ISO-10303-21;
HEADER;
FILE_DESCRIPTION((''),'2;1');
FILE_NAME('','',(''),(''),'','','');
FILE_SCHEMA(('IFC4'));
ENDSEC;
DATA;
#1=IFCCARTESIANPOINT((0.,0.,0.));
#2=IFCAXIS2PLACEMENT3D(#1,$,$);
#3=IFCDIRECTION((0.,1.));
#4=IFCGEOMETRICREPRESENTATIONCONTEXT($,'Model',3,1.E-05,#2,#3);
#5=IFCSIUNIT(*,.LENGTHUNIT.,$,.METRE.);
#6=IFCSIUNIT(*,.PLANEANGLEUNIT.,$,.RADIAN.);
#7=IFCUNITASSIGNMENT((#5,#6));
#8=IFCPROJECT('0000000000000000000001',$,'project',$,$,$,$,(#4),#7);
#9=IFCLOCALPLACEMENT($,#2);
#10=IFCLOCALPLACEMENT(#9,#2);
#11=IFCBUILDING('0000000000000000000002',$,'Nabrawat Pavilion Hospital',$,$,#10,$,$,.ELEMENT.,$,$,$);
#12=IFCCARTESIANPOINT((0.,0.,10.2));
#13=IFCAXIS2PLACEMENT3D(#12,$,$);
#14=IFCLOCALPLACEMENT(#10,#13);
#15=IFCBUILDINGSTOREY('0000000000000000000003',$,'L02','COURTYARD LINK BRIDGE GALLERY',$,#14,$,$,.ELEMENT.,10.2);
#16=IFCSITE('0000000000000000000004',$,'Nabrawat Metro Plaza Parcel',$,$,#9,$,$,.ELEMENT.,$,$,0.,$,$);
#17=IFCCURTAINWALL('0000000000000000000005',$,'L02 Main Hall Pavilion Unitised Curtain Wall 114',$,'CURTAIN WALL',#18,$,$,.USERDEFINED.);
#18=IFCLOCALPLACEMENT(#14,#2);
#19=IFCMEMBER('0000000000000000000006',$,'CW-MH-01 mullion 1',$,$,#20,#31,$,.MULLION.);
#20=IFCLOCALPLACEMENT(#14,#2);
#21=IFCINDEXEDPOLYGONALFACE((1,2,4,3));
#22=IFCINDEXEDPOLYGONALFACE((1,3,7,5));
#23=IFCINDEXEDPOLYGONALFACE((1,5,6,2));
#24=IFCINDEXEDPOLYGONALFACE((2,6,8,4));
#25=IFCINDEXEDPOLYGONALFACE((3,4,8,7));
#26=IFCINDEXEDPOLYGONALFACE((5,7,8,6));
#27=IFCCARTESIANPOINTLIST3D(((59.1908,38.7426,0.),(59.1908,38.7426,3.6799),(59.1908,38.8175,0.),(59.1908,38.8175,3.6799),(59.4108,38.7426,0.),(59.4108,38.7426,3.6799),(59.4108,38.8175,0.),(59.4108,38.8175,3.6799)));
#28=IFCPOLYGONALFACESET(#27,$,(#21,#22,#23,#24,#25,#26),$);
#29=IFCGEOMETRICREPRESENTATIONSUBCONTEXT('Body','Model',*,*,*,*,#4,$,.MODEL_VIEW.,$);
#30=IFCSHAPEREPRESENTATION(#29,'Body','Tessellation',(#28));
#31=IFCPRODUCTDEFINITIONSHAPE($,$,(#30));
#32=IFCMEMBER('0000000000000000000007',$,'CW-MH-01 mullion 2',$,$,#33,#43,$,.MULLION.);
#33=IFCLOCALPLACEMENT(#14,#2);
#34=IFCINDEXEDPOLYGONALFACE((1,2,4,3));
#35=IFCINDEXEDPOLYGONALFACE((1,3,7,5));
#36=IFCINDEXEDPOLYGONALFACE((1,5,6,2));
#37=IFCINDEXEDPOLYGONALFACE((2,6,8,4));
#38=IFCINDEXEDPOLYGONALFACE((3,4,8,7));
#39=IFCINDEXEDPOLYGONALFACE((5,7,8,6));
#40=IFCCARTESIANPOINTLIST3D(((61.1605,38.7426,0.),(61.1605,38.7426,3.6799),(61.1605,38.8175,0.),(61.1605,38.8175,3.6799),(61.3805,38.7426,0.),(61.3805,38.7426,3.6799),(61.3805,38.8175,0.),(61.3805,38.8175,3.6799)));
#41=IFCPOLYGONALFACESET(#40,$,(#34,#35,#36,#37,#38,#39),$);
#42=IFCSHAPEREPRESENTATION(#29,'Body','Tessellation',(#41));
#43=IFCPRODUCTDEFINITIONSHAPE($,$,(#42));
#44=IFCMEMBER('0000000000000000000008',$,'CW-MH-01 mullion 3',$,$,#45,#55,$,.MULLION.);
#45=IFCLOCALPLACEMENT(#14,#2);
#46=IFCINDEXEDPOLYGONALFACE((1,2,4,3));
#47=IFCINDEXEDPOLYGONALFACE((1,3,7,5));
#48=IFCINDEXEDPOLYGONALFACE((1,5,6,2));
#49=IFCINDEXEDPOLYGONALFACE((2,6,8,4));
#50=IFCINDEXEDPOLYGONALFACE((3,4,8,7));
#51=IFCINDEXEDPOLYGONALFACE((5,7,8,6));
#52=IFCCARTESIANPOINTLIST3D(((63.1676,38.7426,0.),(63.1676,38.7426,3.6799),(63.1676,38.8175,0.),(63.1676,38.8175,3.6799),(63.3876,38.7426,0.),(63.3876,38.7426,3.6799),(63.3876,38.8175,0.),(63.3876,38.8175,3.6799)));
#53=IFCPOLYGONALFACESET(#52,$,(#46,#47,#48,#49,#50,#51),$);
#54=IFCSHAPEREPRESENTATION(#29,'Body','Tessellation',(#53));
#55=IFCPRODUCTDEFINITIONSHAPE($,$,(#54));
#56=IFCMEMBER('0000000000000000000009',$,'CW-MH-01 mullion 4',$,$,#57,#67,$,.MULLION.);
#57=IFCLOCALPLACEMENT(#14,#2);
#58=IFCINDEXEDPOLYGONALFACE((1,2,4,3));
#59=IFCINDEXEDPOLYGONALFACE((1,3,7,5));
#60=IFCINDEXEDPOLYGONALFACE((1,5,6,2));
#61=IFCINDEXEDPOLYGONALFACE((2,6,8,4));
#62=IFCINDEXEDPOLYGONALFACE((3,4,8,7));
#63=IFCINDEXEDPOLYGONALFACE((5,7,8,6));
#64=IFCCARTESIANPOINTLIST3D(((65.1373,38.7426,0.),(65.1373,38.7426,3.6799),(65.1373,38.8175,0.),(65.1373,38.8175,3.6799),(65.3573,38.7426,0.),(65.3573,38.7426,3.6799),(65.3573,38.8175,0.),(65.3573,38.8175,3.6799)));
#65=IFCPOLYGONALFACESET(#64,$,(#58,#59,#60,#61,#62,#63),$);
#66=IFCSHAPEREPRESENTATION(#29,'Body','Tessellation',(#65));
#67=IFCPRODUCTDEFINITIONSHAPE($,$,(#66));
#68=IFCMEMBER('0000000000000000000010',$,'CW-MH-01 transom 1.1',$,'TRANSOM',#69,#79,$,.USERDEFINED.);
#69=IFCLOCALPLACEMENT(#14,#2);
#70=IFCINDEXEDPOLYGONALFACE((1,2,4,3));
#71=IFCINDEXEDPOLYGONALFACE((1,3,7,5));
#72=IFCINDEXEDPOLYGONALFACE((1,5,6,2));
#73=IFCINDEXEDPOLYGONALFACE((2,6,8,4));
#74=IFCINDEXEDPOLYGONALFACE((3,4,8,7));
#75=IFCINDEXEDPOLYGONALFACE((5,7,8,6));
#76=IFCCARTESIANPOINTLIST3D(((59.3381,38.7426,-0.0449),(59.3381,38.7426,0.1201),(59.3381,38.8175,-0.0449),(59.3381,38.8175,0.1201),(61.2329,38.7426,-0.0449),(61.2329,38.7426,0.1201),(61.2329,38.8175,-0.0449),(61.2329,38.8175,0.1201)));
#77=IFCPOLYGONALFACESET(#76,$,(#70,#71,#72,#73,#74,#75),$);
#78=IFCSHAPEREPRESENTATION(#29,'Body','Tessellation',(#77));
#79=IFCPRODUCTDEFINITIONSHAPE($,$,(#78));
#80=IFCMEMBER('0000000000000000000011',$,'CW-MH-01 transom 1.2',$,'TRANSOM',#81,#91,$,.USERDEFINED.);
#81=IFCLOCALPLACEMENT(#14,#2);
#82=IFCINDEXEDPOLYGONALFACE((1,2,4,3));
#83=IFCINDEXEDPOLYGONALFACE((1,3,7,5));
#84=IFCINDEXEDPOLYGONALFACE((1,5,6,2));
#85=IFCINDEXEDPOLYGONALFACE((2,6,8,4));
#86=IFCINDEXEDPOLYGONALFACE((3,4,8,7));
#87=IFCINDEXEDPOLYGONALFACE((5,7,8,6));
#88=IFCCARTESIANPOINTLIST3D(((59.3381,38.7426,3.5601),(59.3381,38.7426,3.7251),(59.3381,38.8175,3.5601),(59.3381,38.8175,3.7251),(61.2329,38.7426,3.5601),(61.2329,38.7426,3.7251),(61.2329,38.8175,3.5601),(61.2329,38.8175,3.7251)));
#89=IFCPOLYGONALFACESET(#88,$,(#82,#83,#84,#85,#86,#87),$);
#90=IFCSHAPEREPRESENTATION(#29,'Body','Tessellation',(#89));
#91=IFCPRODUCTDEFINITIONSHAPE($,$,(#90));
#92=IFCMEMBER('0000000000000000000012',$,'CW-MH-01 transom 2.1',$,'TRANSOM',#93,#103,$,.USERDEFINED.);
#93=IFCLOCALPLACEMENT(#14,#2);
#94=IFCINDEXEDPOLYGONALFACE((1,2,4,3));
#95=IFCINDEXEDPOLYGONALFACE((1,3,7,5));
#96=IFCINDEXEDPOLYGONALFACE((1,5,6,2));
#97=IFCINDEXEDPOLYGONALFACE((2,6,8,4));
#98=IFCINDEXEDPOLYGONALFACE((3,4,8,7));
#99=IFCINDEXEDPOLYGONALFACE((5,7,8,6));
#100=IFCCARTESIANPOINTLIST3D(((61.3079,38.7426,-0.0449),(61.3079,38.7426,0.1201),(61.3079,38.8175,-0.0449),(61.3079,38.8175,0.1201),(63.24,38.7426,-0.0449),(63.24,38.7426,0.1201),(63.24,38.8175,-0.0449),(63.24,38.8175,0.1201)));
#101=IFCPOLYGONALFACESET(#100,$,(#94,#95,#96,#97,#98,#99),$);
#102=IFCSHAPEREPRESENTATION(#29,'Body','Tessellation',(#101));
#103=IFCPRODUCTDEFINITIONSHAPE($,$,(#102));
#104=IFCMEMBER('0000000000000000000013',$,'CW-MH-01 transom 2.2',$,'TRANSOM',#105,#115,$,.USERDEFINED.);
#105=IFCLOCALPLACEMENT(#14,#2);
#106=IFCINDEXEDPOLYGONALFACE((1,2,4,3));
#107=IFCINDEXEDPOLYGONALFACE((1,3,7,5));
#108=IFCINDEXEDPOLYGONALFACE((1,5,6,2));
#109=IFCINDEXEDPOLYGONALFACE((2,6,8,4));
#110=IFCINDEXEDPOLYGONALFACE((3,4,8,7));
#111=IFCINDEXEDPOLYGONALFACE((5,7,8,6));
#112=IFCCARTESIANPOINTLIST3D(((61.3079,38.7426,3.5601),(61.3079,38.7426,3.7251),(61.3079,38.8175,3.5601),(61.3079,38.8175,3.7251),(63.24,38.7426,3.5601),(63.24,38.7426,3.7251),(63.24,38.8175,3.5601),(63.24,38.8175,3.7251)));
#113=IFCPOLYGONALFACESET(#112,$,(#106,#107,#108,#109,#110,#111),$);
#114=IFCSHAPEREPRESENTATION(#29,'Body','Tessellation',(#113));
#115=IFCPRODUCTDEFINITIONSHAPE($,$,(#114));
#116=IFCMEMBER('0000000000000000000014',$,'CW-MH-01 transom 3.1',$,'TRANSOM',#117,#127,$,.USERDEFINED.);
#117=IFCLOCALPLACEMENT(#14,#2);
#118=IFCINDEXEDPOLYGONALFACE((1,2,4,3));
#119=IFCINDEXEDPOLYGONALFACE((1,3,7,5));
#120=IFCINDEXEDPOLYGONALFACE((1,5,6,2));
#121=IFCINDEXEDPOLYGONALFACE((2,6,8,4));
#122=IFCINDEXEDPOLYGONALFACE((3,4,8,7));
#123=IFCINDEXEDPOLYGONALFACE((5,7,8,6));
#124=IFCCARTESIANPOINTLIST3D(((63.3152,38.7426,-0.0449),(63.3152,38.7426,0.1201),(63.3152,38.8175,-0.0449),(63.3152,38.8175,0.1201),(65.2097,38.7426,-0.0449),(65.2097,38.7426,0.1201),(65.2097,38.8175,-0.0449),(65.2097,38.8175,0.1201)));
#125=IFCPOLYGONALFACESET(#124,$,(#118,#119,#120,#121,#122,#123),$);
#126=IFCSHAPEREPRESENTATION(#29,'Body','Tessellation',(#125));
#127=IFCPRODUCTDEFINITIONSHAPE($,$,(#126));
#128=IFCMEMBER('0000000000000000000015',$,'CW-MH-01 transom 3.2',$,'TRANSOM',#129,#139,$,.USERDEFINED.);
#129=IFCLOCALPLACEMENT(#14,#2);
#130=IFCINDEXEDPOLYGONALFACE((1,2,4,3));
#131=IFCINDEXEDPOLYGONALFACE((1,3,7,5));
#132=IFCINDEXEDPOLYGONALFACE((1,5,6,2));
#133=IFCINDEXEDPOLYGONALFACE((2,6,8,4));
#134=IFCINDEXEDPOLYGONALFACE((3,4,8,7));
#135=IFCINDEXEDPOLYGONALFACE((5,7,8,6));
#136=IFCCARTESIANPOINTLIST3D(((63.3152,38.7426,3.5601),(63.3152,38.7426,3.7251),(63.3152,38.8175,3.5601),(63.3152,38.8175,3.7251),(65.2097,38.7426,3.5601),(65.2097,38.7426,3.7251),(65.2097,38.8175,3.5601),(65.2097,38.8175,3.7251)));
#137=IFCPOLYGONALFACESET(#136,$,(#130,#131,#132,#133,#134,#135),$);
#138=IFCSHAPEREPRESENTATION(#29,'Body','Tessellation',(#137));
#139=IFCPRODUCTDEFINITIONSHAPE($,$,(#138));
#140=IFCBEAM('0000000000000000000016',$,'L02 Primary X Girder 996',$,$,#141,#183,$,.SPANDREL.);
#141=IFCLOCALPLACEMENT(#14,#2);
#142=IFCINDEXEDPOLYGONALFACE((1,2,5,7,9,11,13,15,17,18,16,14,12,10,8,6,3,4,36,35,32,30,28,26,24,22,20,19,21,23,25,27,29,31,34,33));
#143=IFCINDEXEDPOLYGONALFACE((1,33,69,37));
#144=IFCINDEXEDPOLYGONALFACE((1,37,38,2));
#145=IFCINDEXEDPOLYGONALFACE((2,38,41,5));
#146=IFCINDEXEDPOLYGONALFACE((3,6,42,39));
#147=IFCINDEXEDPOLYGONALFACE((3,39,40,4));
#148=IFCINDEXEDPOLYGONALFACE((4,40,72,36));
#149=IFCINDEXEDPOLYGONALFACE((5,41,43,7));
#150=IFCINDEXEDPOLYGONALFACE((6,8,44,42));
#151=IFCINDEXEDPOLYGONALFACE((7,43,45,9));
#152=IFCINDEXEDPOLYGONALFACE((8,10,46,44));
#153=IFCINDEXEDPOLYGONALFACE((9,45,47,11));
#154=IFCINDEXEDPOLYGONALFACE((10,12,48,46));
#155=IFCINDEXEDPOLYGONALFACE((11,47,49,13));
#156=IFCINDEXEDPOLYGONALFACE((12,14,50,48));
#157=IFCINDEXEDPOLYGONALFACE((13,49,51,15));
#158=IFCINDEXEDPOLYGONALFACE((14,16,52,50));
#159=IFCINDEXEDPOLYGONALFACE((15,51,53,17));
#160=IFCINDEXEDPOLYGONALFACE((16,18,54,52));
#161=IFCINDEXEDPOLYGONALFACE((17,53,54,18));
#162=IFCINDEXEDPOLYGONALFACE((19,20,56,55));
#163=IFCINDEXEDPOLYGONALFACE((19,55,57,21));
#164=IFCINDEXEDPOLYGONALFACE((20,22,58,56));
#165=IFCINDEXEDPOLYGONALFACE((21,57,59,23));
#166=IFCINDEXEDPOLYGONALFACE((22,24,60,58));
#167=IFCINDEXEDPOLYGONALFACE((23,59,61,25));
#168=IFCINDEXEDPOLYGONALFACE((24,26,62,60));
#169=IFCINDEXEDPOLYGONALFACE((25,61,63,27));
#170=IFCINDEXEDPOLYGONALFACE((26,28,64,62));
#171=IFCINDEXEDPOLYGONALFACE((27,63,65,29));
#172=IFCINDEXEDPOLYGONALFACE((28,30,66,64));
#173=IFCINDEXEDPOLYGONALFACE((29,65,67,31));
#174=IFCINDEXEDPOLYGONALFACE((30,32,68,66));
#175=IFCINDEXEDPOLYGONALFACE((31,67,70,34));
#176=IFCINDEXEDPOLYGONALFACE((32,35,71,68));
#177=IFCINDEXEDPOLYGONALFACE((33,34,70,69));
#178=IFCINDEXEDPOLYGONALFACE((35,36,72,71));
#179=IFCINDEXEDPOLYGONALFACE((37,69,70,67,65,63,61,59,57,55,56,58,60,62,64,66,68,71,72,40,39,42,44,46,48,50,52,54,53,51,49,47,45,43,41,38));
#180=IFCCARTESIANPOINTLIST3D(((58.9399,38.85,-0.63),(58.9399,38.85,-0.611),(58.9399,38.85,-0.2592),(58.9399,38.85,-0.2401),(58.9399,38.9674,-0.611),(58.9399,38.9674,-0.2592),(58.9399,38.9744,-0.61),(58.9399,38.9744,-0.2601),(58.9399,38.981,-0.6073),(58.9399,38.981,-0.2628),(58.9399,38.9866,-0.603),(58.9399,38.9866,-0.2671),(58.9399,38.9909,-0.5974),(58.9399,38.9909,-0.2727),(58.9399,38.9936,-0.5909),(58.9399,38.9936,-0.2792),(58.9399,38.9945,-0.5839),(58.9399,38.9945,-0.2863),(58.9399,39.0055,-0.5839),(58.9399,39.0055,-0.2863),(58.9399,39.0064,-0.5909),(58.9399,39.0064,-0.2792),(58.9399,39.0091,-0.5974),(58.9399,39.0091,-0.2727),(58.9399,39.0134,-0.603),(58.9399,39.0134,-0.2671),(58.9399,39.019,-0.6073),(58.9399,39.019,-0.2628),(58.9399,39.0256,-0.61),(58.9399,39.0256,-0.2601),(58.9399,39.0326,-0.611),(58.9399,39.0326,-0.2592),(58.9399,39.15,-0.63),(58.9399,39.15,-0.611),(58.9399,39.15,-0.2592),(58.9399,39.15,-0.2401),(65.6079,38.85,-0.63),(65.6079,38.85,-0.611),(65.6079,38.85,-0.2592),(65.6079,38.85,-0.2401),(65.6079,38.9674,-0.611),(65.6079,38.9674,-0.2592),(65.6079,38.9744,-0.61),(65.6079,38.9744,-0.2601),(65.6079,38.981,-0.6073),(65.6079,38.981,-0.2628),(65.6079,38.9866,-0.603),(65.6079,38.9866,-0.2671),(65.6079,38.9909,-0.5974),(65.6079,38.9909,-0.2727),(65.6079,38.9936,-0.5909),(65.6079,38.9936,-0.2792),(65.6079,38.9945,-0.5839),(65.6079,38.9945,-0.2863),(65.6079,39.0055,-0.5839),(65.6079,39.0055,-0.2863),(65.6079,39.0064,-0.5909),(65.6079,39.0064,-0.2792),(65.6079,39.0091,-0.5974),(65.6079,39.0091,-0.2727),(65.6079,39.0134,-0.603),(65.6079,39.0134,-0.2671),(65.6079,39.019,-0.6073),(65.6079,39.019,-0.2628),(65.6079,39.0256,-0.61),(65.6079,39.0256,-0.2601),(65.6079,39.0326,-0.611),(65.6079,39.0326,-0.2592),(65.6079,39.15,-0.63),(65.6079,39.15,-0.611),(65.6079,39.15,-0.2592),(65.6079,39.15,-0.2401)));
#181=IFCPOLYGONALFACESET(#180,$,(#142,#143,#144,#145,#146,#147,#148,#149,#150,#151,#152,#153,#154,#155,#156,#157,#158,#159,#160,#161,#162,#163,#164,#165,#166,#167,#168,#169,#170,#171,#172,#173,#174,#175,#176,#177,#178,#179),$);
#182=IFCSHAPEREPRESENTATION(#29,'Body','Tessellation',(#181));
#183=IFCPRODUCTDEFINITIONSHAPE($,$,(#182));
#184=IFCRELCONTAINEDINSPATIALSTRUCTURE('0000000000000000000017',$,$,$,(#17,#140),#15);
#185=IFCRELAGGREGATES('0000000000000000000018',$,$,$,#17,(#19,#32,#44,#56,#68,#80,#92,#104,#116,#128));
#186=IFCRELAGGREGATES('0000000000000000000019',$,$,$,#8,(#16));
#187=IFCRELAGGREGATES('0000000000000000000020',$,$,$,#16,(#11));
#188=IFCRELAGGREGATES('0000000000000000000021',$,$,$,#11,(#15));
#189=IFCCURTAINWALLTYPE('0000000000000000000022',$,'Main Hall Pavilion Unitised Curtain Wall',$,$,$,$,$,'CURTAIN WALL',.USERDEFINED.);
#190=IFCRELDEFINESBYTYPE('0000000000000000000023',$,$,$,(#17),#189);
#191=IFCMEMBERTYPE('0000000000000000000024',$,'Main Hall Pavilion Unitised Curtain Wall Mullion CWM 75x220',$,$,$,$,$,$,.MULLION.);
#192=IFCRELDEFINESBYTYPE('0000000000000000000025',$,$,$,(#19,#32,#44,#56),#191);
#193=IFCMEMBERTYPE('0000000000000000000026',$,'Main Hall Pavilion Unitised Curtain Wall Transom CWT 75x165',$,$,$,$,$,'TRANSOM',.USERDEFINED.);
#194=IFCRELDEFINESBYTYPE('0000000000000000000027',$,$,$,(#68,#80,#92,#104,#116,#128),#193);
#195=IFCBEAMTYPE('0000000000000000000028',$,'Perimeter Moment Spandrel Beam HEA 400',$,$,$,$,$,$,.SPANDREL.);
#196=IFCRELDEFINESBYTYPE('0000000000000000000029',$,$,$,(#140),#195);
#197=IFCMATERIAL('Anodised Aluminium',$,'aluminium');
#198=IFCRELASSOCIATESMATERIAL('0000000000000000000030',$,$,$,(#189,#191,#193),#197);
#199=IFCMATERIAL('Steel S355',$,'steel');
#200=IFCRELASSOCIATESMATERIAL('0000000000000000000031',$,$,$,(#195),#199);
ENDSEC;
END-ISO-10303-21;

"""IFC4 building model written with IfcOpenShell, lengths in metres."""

from ifc_helpers import new_model, si_unit, direction, frame, origin, origin_2d, place, context, subcontext, project, spatial, rectangle, i_section, extrude, material, material_profile, profile_set, type_object, element, aggregate, save


model = new_model("IFC4")

# Units and contexts
model_context = context("Model", 3, precision=1e-05, world=origin(), true_north=direction((0.0, 1.0)))
body_context = subcontext(model_context, "Body", "Model", "MODEL_VIEW")
ifc_project = project(units=[si_unit("LENGTHUNIT", "METRE"), si_unit("PLANEANGLEUNIT", "RADIAN")], contexts=[model_context])

# Site, building, storey
site_placement = place(None, origin())
site = spatial("IfcSite", under=ifc_project, at=site_placement, Name="Nabrawat Metro Plaza Parcel", CompositionType="ELEMENT", RefElevation=0.0)
building_placement = place(site_placement, origin())
building = spatial("IfcBuilding", under=site, at=building_placement, Name="Nabrawat Pavilion Hospital", CompositionType="ELEMENT")
storey_placement = place(building_placement, frame((0.0, 0.0, 10.2)))
storey = spatial("IfcBuildingStorey", under=building, at=storey_placement, Name="L02", Description="COURTYARD LINK BRIDGE GALLERY", CompositionType="ELEMENT", Elevation=10.2)

# Shared definitions
ifc_material_1 = material(Name="Steel S355", Category="steel")

# Curtain wall, members
ifc_material_2 = material(Name="Anodised Aluminium", Category="aluminium")
curtain_wall_type_1 = type_object("IfcCurtainWallType", Name="Main Hall Pavilion Unitised Curtain Wall", ElementType="CURTAIN WALL", PredefinedType="USERDEFINED", material=ifc_material_2)
curtain_wall_1_placement = place(storey_placement, origin())
curtain_wall_1 = element("IfcCurtainWall", 1, at=curtain_wall_1_placement, inside=storey, type_object=curtain_wall_type_1, Name="L02 Main Hall Pavilion Unitised Curtain Wall 114", ObjectType="CURTAIN WALL", PredefinedType="USERDEFINED")
ifc_material_profile_1 = material_profile(ifc_material_2, rectangle(XDim=0.075, YDim=0.22, at=origin_2d()), Name="CWM 75x220")
ifc_profile_set_1 = profile_set([ifc_material_profile_1], Name="Anodised Aluminium")
member_type_1 = type_object("IfcMemberType", Name="Main Hall Pavilion Unitised Curtain Wall Mullion CWM 75x220", PredefinedType="MULLION", material=ifc_profile_set_1)
member_1_placement = place(storey_placement, frame((59.3008, 38.78, 0.0), z_axis=(0.0, 0.0, 1.0), x_axis=(0.0, 1.0, 0.0)))
member_1 = element("IfcMember", 2, at=member_1_placement, type_object=member_type_1, Name="CW-MH-01 mullion 1", PredefinedType="MULLION", context=body_context, shape_type="SweptSolid", body=[
    extrude(rectangle(XDim=0.075, YDim=0.22, at=origin_2d()), origin(), (0.0, 0.0, 1.0), 3.6799),
])
member_2_placement = place(storey_placement, frame((61.2705, 38.78, 0.0), z_axis=(0.0, 0.0, 1.0), x_axis=(0.0, 1.0, 0.0)))
member_2 = element("IfcMember", 3, at=member_2_placement, type_object=member_type_1, Name="CW-MH-01 mullion 2", PredefinedType="MULLION", context=body_context, shape_type="SweptSolid", body=[
    extrude(rectangle(XDim=0.075, YDim=0.22, at=origin_2d()), origin(), (0.0, 0.0, 1.0), 3.6799),
])
member_3_placement = place(storey_placement, frame((63.2776, 38.78, 0.0), z_axis=(0.0, 0.0, 1.0), x_axis=(0.0, 1.0, 0.0)))
member_3 = element("IfcMember", 4, at=member_3_placement, type_object=member_type_1, Name="CW-MH-01 mullion 3", PredefinedType="MULLION", context=body_context, shape_type="SweptSolid", body=[
    extrude(rectangle(XDim=0.075, YDim=0.22, at=origin_2d()), origin(), (0.0, 0.0, 1.0), 3.6799),
])
member_4_placement = place(storey_placement, frame((65.2473, 38.78, 0.0), z_axis=(0.0, 0.0, 1.0), x_axis=(0.0, 1.0, 0.0)))
member_4 = element("IfcMember", 5, at=member_4_placement, type_object=member_type_1, Name="CW-MH-01 mullion 4", PredefinedType="MULLION", context=body_context, shape_type="SweptSolid", body=[
    extrude(rectangle(XDim=0.075, YDim=0.22, at=origin_2d()), origin(), (0.0, 0.0, 1.0), 3.6799),
])
ifc_material_profile_2 = material_profile(ifc_material_2, rectangle(XDim=0.075, YDim=0.165, at=origin_2d()), Name="CWT 75x165")
ifc_profile_set_2 = profile_set([ifc_material_profile_2], Name="Anodised Aluminium")
member_type_2 = type_object("IfcMemberType", Name="Main Hall Pavilion Unitised Curtain Wall Transom CWT 75x165", ElementType="TRANSOM", PredefinedType="USERDEFINED", material=ifc_profile_set_2)
member_5_placement = place(storey_placement, frame((59.3381, 38.78, 0.0376), z_axis=(1.0, 0.0, 0.0), x_axis=(0.0, 1.0, 0.0)))
member_5 = element("IfcMember", 6, at=member_5_placement, type_object=member_type_2, Name="CW-MH-01 transom 1.1", ObjectType="TRANSOM", PredefinedType="USERDEFINED", context=body_context, shape_type="SweptSolid", body=[
    extrude(rectangle(XDim=0.075, YDim=0.165, at=origin_2d()), origin(), (0.0, 0.0, 1.0), 1.8948),
])
member_6_placement = place(storey_placement, frame((59.3381, 38.78, 3.6426), z_axis=(1.0, 0.0, 0.0), x_axis=(0.0, 1.0, 0.0)))
member_6 = element("IfcMember", 7, at=member_6_placement, type_object=member_type_2, Name="CW-MH-01 transom 1.2", ObjectType="TRANSOM", PredefinedType="USERDEFINED", context=body_context, shape_type="SweptSolid", body=[
    extrude(rectangle(XDim=0.075, YDim=0.165, at=origin_2d()), origin(), (0.0, 0.0, 1.0), 1.8948),
])
member_7_placement = place(storey_placement, frame((61.3079, 38.78, 0.0376), z_axis=(1.0, 0.0, 0.0), x_axis=(0.0, 1.0, 0.0)))
member_7 = element("IfcMember", 8, at=member_7_placement, type_object=member_type_2, Name="CW-MH-01 transom 2.1", ObjectType="TRANSOM", PredefinedType="USERDEFINED", context=body_context, shape_type="SweptSolid", body=[
    extrude(rectangle(XDim=0.075, YDim=0.165, at=origin_2d()), origin(), (0.0, 0.0, 1.0), 1.9321),
])
member_8_placement = place(storey_placement, frame((61.3079, 38.78, 3.6426), z_axis=(1.0, 0.0, 0.0), x_axis=(0.0, 1.0, 0.0)))
member_8 = element("IfcMember", 9, at=member_8_placement, type_object=member_type_2, Name="CW-MH-01 transom 2.2", ObjectType="TRANSOM", PredefinedType="USERDEFINED", context=body_context, shape_type="SweptSolid", body=[
    extrude(rectangle(XDim=0.075, YDim=0.165, at=origin_2d()), origin(), (0.0, 0.0, 1.0), 1.9321),
])
member_9_placement = place(storey_placement, frame((63.3152, 38.78, 0.0376), z_axis=(1.0, 0.0, 0.0), x_axis=(0.0, 1.0, 0.0)))
member_9 = element("IfcMember", 10, at=member_9_placement, type_object=member_type_2, Name="CW-MH-01 transom 3.1", ObjectType="TRANSOM", PredefinedType="USERDEFINED", context=body_context, shape_type="SweptSolid", body=[
    extrude(rectangle(XDim=0.075, YDim=0.165, at=origin_2d()), origin(), (0.0, 0.0, 1.0), 1.8945),
])
member_10_placement = place(storey_placement, frame((63.3152, 38.78, 3.6426), z_axis=(1.0, 0.0, 0.0), x_axis=(0.0, 1.0, 0.0)))
member_10 = element("IfcMember", 11, at=member_10_placement, type_object=member_type_2, Name="CW-MH-01 transom 3.2", ObjectType="TRANSOM", PredefinedType="USERDEFINED", context=body_context, shape_type="SweptSolid", body=[
    extrude(rectangle(XDim=0.075, YDim=0.165, at=origin_2d()), origin(), (0.0, 0.0, 1.0), 1.8945),
])

# Beam
ifc_material_profile_3 = material_profile(ifc_material_1, i_section(OverallWidth=0.3, OverallDepth=0.3899, WebThickness=0.011, FlangeThickness=0.019, FilletRadius=0.0271, at=origin_2d()), Name="HEA 400")
ifc_profile_set_3 = profile_set([ifc_material_profile_3], Name="Steel S355")
beam_type_1 = type_object("IfcBeamType", Name="Perimeter Moment Spandrel Beam HEA 400", PredefinedType="SPANDREL", material=ifc_profile_set_3)
beam_1_placement = place(storey_placement, frame((58.9399, 39.0, -0.4351), z_axis=(1.0, 0.0, 0.0), x_axis=(0.0, 1.0, 0.0)))
element("IfcBeam", 12, at=beam_1_placement, inside=storey, type_object=beam_type_1, Name="L02 Primary X Girder 996", PredefinedType="SPANDREL", context=body_context, shape_type="SweptSolid", body=[
    extrude(i_section(OverallWidth=0.3, OverallDepth=0.3899, WebThickness=0.011, FlangeThickness=0.019, FilletRadius=0.0271, at=origin_2d()), origin(), (0.0, 0.0, 1.0), 6.668),
])

aggregate(curtain_wall_1, [member_1, member_2, member_3, member_4, member_5, member_6, member_7, member_8, member_9, member_10])

save(model, "model.ifc")
